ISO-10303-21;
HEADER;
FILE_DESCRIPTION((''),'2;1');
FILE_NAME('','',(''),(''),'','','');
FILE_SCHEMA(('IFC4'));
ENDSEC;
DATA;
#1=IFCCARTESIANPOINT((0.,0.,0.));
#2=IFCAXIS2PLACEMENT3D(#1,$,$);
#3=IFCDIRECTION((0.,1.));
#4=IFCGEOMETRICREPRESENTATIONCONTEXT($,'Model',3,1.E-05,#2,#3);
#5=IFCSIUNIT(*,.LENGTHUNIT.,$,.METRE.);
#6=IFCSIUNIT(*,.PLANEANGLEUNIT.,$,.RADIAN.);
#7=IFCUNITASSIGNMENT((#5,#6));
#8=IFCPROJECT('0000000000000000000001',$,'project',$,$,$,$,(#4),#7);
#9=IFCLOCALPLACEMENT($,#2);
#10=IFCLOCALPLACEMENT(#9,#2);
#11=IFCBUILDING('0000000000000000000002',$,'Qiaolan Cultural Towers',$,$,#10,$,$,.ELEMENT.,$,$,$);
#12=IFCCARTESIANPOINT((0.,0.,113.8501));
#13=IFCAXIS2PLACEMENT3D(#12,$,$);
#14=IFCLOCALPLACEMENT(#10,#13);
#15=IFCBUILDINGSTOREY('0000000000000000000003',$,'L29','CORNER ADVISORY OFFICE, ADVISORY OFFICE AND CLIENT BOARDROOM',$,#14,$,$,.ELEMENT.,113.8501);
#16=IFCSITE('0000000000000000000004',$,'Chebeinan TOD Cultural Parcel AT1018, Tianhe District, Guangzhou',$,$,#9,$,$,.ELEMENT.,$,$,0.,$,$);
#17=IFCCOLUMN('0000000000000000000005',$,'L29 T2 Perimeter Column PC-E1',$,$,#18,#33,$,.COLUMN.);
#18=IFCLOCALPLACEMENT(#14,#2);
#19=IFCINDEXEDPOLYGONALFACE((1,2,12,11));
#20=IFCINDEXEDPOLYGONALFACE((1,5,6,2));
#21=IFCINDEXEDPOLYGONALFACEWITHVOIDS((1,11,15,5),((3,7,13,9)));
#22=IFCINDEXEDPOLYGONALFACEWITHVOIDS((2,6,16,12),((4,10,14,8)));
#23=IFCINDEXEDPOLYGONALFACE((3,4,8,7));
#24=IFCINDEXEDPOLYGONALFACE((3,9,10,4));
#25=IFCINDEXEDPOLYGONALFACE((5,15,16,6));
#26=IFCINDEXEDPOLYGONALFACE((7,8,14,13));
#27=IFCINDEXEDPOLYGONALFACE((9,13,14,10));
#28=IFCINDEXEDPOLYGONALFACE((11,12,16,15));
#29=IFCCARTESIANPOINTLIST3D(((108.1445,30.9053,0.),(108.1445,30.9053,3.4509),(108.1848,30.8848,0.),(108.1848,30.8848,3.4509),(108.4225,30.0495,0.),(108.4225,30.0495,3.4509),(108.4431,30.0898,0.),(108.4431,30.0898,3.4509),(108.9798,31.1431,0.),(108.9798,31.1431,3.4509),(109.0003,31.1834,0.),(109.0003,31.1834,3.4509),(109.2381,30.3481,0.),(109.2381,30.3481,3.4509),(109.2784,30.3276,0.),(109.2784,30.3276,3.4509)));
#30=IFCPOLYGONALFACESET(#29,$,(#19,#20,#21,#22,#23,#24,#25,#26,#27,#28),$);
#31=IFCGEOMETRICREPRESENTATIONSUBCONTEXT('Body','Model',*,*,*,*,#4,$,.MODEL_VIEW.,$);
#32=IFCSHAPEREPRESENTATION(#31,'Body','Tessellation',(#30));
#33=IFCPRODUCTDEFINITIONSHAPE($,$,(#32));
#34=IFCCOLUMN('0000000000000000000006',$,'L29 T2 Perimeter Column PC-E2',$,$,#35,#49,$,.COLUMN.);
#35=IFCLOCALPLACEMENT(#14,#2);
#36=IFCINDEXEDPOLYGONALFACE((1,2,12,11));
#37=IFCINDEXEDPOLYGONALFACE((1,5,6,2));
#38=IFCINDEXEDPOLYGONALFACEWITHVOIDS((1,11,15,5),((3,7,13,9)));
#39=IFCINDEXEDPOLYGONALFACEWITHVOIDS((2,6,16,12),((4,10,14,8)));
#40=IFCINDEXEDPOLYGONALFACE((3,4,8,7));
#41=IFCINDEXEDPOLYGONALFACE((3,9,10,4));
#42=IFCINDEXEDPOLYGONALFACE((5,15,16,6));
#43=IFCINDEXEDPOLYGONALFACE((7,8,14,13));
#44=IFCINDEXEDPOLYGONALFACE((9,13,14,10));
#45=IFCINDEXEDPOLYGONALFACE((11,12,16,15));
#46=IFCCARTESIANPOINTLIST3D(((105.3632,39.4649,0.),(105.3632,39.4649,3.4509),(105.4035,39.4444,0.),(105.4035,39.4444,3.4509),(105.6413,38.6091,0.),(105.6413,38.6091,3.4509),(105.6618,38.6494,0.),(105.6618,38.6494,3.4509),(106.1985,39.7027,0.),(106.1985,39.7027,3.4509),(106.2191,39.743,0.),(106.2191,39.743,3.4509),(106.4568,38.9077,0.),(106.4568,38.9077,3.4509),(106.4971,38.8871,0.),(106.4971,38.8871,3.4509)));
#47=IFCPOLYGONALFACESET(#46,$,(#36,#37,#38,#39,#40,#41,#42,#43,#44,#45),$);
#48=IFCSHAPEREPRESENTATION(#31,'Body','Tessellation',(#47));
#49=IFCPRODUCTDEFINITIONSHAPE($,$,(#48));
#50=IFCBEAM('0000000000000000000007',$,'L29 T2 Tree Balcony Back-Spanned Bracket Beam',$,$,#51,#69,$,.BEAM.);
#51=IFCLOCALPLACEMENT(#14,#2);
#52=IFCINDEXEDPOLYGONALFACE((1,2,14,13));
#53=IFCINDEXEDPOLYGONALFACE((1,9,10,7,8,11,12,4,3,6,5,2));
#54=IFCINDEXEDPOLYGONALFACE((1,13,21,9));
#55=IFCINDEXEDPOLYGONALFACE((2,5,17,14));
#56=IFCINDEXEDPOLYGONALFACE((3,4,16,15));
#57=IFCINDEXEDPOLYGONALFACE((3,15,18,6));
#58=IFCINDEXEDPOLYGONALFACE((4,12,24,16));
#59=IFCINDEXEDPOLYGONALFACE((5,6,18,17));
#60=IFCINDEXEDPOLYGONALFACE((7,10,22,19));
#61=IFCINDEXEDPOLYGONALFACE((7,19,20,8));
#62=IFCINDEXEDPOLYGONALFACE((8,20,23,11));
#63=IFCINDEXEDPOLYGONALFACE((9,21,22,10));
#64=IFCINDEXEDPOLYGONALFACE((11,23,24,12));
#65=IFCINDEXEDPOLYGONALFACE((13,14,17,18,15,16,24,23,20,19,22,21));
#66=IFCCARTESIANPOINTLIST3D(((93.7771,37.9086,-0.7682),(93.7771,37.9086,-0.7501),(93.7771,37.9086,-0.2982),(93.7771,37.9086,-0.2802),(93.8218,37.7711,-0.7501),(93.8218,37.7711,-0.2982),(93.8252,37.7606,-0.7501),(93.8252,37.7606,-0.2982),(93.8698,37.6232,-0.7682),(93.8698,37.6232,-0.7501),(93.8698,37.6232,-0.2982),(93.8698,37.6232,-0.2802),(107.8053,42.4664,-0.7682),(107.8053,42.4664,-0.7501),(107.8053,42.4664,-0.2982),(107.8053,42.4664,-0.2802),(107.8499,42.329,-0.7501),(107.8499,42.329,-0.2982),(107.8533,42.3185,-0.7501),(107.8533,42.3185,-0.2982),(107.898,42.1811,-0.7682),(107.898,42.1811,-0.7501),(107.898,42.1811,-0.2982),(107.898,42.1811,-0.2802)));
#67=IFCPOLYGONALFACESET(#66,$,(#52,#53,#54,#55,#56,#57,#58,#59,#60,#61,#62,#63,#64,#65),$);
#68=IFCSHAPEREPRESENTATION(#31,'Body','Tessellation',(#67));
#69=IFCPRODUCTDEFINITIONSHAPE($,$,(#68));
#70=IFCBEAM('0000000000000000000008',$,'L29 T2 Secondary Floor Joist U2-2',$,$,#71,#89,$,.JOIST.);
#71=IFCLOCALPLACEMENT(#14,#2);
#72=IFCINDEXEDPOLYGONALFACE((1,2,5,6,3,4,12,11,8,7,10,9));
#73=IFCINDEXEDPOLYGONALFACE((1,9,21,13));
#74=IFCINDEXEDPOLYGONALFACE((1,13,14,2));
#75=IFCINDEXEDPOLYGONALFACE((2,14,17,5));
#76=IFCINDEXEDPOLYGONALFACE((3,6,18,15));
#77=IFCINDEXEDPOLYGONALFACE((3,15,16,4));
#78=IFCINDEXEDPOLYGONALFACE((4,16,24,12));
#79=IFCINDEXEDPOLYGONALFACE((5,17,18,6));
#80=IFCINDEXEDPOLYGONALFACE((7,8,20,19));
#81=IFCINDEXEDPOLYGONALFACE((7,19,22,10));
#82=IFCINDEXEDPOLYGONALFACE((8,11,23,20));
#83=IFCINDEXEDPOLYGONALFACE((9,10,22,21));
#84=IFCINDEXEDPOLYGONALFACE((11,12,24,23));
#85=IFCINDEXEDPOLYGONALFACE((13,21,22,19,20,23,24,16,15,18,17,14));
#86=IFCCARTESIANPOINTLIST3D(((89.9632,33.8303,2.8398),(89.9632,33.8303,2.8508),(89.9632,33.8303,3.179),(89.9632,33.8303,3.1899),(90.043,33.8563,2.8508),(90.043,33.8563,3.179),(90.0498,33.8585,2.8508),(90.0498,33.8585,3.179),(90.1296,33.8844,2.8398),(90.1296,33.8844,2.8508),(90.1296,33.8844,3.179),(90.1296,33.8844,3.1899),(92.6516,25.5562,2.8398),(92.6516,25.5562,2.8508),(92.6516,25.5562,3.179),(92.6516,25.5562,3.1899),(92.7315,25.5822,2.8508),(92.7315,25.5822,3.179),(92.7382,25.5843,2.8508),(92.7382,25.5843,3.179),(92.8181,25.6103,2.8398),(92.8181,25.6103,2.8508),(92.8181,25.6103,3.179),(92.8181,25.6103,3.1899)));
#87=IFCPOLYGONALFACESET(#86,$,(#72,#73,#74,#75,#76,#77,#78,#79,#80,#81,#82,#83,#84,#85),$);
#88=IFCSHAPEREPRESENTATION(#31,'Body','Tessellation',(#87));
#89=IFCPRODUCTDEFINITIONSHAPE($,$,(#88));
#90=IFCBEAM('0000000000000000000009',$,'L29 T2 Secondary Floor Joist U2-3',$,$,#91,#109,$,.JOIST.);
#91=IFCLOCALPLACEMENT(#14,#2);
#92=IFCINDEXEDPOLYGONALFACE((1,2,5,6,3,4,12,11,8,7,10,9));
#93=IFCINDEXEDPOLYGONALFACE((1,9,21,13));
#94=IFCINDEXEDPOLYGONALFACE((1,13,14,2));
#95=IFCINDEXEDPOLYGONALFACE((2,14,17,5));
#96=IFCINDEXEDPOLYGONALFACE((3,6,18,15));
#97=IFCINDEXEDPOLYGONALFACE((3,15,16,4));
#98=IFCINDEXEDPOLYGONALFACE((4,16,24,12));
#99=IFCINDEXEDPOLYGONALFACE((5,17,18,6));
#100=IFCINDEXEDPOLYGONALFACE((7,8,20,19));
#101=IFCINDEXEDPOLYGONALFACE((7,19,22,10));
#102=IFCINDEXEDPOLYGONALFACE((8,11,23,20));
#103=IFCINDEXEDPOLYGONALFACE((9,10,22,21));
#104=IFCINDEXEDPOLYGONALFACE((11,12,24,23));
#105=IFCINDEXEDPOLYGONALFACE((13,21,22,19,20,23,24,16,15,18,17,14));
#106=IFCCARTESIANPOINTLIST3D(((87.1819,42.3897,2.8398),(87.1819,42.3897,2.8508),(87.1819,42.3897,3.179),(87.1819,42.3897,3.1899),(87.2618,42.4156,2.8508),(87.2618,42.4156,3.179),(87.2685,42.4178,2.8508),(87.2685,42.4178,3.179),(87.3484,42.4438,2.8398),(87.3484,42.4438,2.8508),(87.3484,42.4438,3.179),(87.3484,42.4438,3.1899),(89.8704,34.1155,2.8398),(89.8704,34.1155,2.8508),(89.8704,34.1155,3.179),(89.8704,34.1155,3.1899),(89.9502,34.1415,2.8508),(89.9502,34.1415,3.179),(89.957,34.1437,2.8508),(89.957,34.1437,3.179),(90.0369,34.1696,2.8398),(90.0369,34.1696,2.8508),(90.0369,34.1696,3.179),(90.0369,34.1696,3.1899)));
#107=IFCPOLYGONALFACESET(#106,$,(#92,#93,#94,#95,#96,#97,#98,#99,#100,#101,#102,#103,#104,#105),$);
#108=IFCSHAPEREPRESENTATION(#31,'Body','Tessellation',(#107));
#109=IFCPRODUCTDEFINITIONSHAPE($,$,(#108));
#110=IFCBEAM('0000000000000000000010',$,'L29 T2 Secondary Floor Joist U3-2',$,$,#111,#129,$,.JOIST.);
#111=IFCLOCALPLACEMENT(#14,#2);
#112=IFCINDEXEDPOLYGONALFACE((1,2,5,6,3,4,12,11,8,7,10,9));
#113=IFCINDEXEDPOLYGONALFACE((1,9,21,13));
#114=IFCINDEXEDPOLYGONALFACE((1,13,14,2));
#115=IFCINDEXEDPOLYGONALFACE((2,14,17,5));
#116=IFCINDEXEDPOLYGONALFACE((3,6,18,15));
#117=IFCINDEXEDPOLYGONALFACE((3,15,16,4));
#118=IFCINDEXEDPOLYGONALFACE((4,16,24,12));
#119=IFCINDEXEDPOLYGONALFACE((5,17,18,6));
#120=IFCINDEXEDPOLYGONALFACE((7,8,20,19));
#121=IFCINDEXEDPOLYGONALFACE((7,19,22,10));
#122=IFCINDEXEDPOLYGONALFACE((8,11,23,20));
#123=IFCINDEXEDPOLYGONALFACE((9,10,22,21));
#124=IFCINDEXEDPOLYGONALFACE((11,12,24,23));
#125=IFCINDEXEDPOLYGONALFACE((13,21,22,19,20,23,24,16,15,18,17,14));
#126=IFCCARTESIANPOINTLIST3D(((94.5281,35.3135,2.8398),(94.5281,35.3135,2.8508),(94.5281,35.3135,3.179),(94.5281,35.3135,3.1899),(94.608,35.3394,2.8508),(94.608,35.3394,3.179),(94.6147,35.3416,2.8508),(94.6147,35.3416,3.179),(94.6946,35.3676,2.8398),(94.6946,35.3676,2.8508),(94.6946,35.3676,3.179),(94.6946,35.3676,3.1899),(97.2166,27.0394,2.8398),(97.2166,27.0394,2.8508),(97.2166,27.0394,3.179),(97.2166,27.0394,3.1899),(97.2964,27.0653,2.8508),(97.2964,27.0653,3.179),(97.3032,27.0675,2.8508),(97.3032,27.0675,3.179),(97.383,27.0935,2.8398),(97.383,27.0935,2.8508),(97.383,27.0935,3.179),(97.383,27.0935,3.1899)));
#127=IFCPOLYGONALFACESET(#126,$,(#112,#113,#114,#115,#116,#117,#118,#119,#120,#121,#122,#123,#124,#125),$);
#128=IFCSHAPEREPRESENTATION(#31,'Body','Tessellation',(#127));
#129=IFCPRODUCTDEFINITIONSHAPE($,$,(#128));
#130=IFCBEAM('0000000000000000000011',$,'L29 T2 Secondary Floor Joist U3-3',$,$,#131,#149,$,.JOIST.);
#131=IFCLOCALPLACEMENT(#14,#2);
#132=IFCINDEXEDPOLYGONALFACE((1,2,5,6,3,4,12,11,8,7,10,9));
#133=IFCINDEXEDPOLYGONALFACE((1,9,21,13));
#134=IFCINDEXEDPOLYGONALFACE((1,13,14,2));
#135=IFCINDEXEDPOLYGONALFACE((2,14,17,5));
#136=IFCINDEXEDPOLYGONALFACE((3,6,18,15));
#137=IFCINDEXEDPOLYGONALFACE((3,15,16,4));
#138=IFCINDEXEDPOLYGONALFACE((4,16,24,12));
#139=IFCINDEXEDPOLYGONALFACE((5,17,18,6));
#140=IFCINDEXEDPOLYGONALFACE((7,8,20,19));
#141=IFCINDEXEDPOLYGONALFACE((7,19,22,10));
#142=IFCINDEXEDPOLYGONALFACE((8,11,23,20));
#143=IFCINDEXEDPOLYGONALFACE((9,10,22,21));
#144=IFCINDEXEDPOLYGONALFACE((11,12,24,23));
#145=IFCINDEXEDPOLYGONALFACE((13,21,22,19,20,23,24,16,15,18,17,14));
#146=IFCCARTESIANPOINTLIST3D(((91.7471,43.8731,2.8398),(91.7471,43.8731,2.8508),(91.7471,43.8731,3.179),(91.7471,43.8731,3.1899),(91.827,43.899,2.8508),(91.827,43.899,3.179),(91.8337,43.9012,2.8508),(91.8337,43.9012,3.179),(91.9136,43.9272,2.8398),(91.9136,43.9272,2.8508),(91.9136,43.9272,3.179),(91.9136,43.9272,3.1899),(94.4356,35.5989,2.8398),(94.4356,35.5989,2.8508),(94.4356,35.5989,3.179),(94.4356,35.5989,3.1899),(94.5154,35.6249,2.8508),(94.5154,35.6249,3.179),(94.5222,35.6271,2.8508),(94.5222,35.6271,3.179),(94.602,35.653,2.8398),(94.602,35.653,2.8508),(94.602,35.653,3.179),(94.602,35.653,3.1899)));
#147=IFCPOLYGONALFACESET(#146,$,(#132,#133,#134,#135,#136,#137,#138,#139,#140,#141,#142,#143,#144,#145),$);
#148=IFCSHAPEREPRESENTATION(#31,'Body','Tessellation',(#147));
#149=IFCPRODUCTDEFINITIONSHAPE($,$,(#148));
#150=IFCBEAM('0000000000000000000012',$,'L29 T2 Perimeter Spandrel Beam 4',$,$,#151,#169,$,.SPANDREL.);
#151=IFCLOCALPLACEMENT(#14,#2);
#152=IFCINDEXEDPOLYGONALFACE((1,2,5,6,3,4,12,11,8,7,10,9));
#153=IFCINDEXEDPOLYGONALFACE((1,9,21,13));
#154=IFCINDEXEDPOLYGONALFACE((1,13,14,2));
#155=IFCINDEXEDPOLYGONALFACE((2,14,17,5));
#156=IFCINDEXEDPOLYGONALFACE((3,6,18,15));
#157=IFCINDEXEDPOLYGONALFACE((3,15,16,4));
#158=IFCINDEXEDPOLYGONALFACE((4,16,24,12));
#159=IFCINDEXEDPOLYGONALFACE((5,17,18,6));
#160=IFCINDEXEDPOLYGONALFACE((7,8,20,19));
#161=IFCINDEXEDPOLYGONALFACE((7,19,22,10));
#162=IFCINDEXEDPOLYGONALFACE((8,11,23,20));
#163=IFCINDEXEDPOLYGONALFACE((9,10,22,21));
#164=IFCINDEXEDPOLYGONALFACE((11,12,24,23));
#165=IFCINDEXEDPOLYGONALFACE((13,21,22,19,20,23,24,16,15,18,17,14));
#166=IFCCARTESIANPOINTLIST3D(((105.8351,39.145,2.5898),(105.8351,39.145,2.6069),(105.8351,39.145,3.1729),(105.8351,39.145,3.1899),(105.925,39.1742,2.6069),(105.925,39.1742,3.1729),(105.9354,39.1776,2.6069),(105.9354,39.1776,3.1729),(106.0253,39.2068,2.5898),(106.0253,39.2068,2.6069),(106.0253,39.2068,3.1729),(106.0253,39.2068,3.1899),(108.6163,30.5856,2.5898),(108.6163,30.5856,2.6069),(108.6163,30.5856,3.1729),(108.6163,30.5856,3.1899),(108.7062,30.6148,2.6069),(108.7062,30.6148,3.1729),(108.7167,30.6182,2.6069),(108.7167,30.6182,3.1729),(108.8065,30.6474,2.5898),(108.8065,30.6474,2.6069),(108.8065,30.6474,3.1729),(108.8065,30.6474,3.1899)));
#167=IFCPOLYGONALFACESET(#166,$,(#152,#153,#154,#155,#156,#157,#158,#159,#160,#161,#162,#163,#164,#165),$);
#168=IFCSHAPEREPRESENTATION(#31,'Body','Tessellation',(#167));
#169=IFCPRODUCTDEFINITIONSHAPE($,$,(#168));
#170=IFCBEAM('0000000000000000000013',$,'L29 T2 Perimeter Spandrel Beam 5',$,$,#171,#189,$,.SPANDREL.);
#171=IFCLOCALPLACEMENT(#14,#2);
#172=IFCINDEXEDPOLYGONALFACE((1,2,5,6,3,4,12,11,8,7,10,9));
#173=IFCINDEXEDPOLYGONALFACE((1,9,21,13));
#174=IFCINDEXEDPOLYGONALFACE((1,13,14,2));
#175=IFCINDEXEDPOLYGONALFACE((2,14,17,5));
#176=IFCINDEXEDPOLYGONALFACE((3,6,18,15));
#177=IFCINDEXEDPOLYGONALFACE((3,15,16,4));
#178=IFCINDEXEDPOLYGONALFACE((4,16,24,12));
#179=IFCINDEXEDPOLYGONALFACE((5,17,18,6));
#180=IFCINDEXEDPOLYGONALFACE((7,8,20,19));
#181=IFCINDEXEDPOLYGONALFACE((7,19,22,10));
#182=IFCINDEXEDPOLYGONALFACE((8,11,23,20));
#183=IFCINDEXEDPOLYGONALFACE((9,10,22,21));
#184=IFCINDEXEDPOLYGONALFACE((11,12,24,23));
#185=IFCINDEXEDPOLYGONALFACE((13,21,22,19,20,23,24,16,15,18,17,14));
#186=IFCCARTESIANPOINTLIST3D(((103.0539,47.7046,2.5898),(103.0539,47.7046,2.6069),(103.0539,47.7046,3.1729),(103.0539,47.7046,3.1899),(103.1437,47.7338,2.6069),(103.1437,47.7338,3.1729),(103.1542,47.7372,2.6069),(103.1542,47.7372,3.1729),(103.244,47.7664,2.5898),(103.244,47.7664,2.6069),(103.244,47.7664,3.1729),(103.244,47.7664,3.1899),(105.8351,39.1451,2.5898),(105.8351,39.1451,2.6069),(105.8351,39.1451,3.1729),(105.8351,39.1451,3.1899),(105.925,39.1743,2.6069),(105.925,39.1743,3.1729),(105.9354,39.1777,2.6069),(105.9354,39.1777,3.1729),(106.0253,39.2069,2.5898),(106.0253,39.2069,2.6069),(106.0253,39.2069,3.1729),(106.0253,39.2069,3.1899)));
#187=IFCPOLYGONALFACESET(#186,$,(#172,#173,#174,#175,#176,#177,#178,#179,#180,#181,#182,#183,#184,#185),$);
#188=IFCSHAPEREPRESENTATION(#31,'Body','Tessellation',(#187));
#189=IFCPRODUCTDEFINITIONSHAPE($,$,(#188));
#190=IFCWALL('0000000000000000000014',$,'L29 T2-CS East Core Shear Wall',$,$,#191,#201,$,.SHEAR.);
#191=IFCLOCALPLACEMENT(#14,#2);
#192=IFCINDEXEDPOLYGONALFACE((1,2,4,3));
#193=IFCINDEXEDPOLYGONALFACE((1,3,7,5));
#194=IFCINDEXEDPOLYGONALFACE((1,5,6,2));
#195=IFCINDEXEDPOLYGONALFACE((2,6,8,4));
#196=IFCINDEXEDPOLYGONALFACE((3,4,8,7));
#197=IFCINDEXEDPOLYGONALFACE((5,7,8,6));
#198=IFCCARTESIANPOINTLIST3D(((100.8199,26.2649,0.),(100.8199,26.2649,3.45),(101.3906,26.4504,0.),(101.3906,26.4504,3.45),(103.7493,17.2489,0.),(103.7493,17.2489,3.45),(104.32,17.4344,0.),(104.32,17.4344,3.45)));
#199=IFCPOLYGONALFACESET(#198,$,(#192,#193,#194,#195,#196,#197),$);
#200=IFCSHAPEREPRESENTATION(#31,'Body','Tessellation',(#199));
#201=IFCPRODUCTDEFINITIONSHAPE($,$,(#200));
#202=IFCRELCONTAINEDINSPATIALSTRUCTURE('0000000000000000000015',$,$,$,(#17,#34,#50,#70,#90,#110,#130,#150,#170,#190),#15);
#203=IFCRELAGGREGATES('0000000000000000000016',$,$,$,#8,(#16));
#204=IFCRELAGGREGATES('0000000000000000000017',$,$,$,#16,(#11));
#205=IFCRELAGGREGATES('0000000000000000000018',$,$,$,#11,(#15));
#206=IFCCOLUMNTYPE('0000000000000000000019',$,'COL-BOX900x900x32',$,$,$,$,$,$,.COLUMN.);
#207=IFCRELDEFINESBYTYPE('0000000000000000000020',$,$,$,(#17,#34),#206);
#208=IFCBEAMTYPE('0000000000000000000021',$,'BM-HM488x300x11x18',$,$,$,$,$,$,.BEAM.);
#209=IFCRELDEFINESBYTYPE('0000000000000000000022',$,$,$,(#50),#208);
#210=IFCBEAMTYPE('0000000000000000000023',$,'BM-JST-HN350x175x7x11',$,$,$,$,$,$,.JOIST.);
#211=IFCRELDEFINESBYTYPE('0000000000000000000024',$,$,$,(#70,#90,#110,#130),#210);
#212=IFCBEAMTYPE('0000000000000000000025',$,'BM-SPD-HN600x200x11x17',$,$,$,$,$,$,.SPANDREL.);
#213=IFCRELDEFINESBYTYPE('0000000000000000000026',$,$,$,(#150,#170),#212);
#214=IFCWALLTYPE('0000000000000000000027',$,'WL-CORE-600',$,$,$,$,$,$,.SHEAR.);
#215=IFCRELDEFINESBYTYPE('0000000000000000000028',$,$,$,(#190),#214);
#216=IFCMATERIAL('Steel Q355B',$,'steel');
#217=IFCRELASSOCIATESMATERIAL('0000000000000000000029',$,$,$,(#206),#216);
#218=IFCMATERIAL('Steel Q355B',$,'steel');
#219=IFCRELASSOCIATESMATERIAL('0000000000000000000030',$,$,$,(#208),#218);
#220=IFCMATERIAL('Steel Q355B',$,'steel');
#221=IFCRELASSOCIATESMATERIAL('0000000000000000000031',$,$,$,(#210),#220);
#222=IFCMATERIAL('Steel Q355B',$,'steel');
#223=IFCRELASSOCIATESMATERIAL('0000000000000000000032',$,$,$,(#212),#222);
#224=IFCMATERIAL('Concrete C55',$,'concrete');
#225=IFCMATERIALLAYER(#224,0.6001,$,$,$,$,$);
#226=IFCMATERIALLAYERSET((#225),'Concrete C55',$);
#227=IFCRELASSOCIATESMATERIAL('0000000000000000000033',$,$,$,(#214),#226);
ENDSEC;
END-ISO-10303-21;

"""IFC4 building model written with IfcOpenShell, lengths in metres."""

from ifc_helpers import new_model, si_unit, direction, frame, frame_2d, origin, origin_2d, place, context, subcontext, project, spatial, rectangle, hollow_rectangle, i_section, extrude, material, layer, layer_set, material_profile, profile_set, type_object, element, save


model = new_model("IFC4")

# Units and contexts
model_context = context("Model", 3, precision=1e-05, world=origin(), true_north=direction((0.0, 1.0)))
body_context = subcontext(model_context, "Body", "Model", "MODEL_VIEW")
ifc_project = project(units=[si_unit("LENGTHUNIT", "METRE"), si_unit("PLANEANGLEUNIT", "RADIAN")], contexts=[model_context])

# Site, building, storey
site_placement = place(None, origin())
site = spatial("IfcSite", under=ifc_project, at=site_placement, Name="Chebeinan TOD Cultural Parcel AT1018, Tianhe District, Guangzhou", CompositionType="ELEMENT", RefElevation=0.0)
building_placement = place(site_placement, origin())
building = spatial("IfcBuilding", under=site, at=building_placement, Name="Qiaolan Cultural Towers", CompositionType="ELEMENT")
storey_placement = place(building_placement, frame((0.0, 0.0, 113.8501)))
storey = spatial("IfcBuildingStorey", under=building, at=storey_placement, Name="L29", Description="CORNER ADVISORY OFFICE, ADVISORY OFFICE AND CLIENT BOARDROOM", CompositionType="ELEMENT", Elevation=113.8501)

# Columns
ifc_material_1 = material(Name="Steel Q355B", Category="steel")
ifc_material_profile_1 = material_profile(ifc_material_1, hollow_rectangle(XDim=0.8999, YDim=0.8999, WallThickness=0.032, at=origin_2d()), Name="BOX900x900x32")
ifc_profile_set_1 = profile_set([ifc_material_profile_1], Name="Steel Q355B")
column_type = type_object("IfcColumnType", Name="COL-BOX900x900x32", PredefinedType="COLUMN", material=ifc_profile_set_1)
for number, where, z_axis, x_axis, name in (
    (1, (108.7114, 30.6165, 0.0), (0.0, 0.0, 1.0), (0.951057, 0.309017, 0.0), "L29 T2 Perimeter Column PC-E1"),
    (2, (105.9302, 39.176, 0.0), (0.0, 0.0, 1.0), (0.951057, 0.309017, 0.0), "L29 T2 Perimeter Column PC-E2"),
):
    element("IfcColumn", number, at=place(storey_placement, frame(where, z_axis=z_axis, x_axis=x_axis)), inside=storey, type_object=column_type, Name=name, PredefinedType="COLUMN", context=body_context, shape_type="SweptSolid", body=[
        extrude(hollow_rectangle(XDim=0.8999, YDim=0.8999, WallThickness=0.032, at=origin_2d()), origin(), (0.0, 0.0, 1.0), 3.4509),
    ])

# Beams
ifc_material_2 = material(Name="Steel Q355B", Category="steel")
ifc_material_profile_2 = material_profile(ifc_material_2, i_section(OverallWidth=0.3, OverallDepth=0.488, WebThickness=0.011, FlangeThickness=0.0181, at=origin_2d()), Name="HM488x300x11x18")
ifc_profile_set_2 = profile_set([ifc_material_profile_2], Name="Steel Q355B")
beam_type_1 = type_object("IfcBeamType", Name="BM-HM488x300x11x18", PredefinedType="BEAM", material=ifc_profile_set_2)
beam_placement = place(storey_placement, frame((93.8235, 37.7659, -0.5242), z_axis=(0.951059, 0.309009, 0.0), x_axis=(-0.309009, 0.951059, 0.0)))
element("IfcBeam", 3, at=beam_placement, inside=storey, type_object=beam_type_1, Name="L29 T2 Tree Balcony Back-Spanned Bracket Beam", PredefinedType="BEAM", context=body_context, shape_type="SweptSolid", body=[
    extrude(i_section(OverallWidth=0.3, OverallDepth=0.488, WebThickness=0.011, FlangeThickness=0.0181, at=origin_2d()), origin(), (0.0, 0.0, 1.0), 14.75),
])
ifc_material_3 = material(Name="Steel Q355B", Category="steel")
ifc_material_profile_3 = material_profile(ifc_material_3, i_section(OverallWidth=0.175, OverallDepth=0.3501, WebThickness=0.0071, FlangeThickness=0.011, at=origin_2d()), Name="HN350x175x7x11")
ifc_profile_set_3 = profile_set([ifc_material_profile_3], Name="Steel Q355B")
beam_type_2 = type_object("IfcBeamType", Name="BM-JST-HN350x175x7x11", PredefinedType="JOIST", material=ifc_profile_set_3)
for number, where, z_axis, x_axis, name in (
    (4, (92.7349, 25.5833, 3.0149), (-0.309021, 0.951055, 0.0), (-0.951055, -0.309021, 0.0), "L29 T2 Secondary Floor Joist U2-2"),
    (5, (89.9536, 34.1426, 3.0149), (-0.309021, 0.951055, 0.0), (-0.951055, -0.309021, 0.0), "L29 T2 Secondary Floor Joist U2-3"),
    (6, (97.2998, 27.0664, 3.0149), (-0.309021, 0.951055, 0.0), (-0.951055, -0.309021, 0.0), "L29 T2 Secondary Floor Joist U3-2"),
    (7, (94.5188, 35.626, 3.0149), (-0.309021, 0.951055, 0.0), (-0.951055, -0.309021, 0.0), "L29 T2 Secondary Floor Joist U3-3"),
):
    element("IfcBeam", number, at=place(storey_placement, frame(where, z_axis=z_axis, x_axis=x_axis)), inside=storey, type_object=beam_type_2, Name=name, PredefinedType="JOIST", context=body_context, shape_type="SweptSolid", body=[
        extrude(i_section(OverallWidth=0.175, OverallDepth=0.3501, WebThickness=0.0071, FlangeThickness=0.011, at=origin_2d()), origin(), (0.0, 0.0, 1.0), 8.7),
    ])
ifc_material_4 = material(Name="Steel Q355B", Category="steel")
ifc_material_profile_4 = material_profile(ifc_material_4, i_section(OverallWidth=0.2, OverallDepth=0.6001, WebThickness=0.011, FlangeThickness=0.0171, at=origin_2d()), Name="HN600x200x11x17")
ifc_profile_set_4 = profile_set([ifc_material_profile_4], Name="Steel Q355B")
beam_type_3 = type_object("IfcBeamType", Name="BM-SPD-HN600x200x11x17", PredefinedType="SPANDREL", material=ifc_profile_set_4)
for number, where, z_axis, x_axis, name in (
    (8, (108.7114, 30.6165, 2.8899), (-0.309025, 0.951054, 0.0), (-0.951054, -0.309025, 0.0), "L29 T2 Perimeter Spandrel Beam 4"),
    (9, (105.9302, 39.176, 2.8899), (-0.309025, 0.951054, 0.0), (-0.951054, -0.309025, 0.0), "L29 T2 Perimeter Spandrel Beam 5"),
):
    element("IfcBeam", number, at=place(storey_placement, frame(where, z_axis=z_axis, x_axis=x_axis)), inside=storey, type_object=beam_type_3, Name=name, PredefinedType="SPANDREL", context=body_context, shape_type="SweptSolid", body=[
        extrude(i_section(OverallWidth=0.2, OverallDepth=0.6001, WebThickness=0.011, FlangeThickness=0.0171, at=origin_2d()), origin(), (0.0, 0.0, 1.0), 9.0),
    ])

# Wall
ifc_material_5 = material(Name="Concrete C55", Category="concrete")
ifc_layer_1 = layer(ifc_material_5, 0.6001)
ifc_layer_set_1 = layer_set([ifc_layer_1], Name="Concrete C55")
wall_type_1 = type_object("IfcWallType", Name="WL-CORE-600", PredefinedType="SHEAR", material=ifc_layer_set_1)
wall_1_placement = place(storey_placement, frame((101.1052, 26.3577, 0.0), z_axis=(0.0, 0.0, 1.0), x_axis=(0.30901, -0.951059, 0.0)))
element("IfcWall", 10, at=wall_1_placement, inside=storey, type_object=wall_type_1, Name="L29 T2-CS East Core Shear Wall", PredefinedType="SHEAR", context=body_context, shape_type="SweptSolid", body=[
    extrude(rectangle(XDim=9.48, YDim=0.6001, at=frame_2d((4.74, 0.0))), origin(), (0.0, 0.0, 1.0), 3.45),
])

save(model, "model.ifc")
